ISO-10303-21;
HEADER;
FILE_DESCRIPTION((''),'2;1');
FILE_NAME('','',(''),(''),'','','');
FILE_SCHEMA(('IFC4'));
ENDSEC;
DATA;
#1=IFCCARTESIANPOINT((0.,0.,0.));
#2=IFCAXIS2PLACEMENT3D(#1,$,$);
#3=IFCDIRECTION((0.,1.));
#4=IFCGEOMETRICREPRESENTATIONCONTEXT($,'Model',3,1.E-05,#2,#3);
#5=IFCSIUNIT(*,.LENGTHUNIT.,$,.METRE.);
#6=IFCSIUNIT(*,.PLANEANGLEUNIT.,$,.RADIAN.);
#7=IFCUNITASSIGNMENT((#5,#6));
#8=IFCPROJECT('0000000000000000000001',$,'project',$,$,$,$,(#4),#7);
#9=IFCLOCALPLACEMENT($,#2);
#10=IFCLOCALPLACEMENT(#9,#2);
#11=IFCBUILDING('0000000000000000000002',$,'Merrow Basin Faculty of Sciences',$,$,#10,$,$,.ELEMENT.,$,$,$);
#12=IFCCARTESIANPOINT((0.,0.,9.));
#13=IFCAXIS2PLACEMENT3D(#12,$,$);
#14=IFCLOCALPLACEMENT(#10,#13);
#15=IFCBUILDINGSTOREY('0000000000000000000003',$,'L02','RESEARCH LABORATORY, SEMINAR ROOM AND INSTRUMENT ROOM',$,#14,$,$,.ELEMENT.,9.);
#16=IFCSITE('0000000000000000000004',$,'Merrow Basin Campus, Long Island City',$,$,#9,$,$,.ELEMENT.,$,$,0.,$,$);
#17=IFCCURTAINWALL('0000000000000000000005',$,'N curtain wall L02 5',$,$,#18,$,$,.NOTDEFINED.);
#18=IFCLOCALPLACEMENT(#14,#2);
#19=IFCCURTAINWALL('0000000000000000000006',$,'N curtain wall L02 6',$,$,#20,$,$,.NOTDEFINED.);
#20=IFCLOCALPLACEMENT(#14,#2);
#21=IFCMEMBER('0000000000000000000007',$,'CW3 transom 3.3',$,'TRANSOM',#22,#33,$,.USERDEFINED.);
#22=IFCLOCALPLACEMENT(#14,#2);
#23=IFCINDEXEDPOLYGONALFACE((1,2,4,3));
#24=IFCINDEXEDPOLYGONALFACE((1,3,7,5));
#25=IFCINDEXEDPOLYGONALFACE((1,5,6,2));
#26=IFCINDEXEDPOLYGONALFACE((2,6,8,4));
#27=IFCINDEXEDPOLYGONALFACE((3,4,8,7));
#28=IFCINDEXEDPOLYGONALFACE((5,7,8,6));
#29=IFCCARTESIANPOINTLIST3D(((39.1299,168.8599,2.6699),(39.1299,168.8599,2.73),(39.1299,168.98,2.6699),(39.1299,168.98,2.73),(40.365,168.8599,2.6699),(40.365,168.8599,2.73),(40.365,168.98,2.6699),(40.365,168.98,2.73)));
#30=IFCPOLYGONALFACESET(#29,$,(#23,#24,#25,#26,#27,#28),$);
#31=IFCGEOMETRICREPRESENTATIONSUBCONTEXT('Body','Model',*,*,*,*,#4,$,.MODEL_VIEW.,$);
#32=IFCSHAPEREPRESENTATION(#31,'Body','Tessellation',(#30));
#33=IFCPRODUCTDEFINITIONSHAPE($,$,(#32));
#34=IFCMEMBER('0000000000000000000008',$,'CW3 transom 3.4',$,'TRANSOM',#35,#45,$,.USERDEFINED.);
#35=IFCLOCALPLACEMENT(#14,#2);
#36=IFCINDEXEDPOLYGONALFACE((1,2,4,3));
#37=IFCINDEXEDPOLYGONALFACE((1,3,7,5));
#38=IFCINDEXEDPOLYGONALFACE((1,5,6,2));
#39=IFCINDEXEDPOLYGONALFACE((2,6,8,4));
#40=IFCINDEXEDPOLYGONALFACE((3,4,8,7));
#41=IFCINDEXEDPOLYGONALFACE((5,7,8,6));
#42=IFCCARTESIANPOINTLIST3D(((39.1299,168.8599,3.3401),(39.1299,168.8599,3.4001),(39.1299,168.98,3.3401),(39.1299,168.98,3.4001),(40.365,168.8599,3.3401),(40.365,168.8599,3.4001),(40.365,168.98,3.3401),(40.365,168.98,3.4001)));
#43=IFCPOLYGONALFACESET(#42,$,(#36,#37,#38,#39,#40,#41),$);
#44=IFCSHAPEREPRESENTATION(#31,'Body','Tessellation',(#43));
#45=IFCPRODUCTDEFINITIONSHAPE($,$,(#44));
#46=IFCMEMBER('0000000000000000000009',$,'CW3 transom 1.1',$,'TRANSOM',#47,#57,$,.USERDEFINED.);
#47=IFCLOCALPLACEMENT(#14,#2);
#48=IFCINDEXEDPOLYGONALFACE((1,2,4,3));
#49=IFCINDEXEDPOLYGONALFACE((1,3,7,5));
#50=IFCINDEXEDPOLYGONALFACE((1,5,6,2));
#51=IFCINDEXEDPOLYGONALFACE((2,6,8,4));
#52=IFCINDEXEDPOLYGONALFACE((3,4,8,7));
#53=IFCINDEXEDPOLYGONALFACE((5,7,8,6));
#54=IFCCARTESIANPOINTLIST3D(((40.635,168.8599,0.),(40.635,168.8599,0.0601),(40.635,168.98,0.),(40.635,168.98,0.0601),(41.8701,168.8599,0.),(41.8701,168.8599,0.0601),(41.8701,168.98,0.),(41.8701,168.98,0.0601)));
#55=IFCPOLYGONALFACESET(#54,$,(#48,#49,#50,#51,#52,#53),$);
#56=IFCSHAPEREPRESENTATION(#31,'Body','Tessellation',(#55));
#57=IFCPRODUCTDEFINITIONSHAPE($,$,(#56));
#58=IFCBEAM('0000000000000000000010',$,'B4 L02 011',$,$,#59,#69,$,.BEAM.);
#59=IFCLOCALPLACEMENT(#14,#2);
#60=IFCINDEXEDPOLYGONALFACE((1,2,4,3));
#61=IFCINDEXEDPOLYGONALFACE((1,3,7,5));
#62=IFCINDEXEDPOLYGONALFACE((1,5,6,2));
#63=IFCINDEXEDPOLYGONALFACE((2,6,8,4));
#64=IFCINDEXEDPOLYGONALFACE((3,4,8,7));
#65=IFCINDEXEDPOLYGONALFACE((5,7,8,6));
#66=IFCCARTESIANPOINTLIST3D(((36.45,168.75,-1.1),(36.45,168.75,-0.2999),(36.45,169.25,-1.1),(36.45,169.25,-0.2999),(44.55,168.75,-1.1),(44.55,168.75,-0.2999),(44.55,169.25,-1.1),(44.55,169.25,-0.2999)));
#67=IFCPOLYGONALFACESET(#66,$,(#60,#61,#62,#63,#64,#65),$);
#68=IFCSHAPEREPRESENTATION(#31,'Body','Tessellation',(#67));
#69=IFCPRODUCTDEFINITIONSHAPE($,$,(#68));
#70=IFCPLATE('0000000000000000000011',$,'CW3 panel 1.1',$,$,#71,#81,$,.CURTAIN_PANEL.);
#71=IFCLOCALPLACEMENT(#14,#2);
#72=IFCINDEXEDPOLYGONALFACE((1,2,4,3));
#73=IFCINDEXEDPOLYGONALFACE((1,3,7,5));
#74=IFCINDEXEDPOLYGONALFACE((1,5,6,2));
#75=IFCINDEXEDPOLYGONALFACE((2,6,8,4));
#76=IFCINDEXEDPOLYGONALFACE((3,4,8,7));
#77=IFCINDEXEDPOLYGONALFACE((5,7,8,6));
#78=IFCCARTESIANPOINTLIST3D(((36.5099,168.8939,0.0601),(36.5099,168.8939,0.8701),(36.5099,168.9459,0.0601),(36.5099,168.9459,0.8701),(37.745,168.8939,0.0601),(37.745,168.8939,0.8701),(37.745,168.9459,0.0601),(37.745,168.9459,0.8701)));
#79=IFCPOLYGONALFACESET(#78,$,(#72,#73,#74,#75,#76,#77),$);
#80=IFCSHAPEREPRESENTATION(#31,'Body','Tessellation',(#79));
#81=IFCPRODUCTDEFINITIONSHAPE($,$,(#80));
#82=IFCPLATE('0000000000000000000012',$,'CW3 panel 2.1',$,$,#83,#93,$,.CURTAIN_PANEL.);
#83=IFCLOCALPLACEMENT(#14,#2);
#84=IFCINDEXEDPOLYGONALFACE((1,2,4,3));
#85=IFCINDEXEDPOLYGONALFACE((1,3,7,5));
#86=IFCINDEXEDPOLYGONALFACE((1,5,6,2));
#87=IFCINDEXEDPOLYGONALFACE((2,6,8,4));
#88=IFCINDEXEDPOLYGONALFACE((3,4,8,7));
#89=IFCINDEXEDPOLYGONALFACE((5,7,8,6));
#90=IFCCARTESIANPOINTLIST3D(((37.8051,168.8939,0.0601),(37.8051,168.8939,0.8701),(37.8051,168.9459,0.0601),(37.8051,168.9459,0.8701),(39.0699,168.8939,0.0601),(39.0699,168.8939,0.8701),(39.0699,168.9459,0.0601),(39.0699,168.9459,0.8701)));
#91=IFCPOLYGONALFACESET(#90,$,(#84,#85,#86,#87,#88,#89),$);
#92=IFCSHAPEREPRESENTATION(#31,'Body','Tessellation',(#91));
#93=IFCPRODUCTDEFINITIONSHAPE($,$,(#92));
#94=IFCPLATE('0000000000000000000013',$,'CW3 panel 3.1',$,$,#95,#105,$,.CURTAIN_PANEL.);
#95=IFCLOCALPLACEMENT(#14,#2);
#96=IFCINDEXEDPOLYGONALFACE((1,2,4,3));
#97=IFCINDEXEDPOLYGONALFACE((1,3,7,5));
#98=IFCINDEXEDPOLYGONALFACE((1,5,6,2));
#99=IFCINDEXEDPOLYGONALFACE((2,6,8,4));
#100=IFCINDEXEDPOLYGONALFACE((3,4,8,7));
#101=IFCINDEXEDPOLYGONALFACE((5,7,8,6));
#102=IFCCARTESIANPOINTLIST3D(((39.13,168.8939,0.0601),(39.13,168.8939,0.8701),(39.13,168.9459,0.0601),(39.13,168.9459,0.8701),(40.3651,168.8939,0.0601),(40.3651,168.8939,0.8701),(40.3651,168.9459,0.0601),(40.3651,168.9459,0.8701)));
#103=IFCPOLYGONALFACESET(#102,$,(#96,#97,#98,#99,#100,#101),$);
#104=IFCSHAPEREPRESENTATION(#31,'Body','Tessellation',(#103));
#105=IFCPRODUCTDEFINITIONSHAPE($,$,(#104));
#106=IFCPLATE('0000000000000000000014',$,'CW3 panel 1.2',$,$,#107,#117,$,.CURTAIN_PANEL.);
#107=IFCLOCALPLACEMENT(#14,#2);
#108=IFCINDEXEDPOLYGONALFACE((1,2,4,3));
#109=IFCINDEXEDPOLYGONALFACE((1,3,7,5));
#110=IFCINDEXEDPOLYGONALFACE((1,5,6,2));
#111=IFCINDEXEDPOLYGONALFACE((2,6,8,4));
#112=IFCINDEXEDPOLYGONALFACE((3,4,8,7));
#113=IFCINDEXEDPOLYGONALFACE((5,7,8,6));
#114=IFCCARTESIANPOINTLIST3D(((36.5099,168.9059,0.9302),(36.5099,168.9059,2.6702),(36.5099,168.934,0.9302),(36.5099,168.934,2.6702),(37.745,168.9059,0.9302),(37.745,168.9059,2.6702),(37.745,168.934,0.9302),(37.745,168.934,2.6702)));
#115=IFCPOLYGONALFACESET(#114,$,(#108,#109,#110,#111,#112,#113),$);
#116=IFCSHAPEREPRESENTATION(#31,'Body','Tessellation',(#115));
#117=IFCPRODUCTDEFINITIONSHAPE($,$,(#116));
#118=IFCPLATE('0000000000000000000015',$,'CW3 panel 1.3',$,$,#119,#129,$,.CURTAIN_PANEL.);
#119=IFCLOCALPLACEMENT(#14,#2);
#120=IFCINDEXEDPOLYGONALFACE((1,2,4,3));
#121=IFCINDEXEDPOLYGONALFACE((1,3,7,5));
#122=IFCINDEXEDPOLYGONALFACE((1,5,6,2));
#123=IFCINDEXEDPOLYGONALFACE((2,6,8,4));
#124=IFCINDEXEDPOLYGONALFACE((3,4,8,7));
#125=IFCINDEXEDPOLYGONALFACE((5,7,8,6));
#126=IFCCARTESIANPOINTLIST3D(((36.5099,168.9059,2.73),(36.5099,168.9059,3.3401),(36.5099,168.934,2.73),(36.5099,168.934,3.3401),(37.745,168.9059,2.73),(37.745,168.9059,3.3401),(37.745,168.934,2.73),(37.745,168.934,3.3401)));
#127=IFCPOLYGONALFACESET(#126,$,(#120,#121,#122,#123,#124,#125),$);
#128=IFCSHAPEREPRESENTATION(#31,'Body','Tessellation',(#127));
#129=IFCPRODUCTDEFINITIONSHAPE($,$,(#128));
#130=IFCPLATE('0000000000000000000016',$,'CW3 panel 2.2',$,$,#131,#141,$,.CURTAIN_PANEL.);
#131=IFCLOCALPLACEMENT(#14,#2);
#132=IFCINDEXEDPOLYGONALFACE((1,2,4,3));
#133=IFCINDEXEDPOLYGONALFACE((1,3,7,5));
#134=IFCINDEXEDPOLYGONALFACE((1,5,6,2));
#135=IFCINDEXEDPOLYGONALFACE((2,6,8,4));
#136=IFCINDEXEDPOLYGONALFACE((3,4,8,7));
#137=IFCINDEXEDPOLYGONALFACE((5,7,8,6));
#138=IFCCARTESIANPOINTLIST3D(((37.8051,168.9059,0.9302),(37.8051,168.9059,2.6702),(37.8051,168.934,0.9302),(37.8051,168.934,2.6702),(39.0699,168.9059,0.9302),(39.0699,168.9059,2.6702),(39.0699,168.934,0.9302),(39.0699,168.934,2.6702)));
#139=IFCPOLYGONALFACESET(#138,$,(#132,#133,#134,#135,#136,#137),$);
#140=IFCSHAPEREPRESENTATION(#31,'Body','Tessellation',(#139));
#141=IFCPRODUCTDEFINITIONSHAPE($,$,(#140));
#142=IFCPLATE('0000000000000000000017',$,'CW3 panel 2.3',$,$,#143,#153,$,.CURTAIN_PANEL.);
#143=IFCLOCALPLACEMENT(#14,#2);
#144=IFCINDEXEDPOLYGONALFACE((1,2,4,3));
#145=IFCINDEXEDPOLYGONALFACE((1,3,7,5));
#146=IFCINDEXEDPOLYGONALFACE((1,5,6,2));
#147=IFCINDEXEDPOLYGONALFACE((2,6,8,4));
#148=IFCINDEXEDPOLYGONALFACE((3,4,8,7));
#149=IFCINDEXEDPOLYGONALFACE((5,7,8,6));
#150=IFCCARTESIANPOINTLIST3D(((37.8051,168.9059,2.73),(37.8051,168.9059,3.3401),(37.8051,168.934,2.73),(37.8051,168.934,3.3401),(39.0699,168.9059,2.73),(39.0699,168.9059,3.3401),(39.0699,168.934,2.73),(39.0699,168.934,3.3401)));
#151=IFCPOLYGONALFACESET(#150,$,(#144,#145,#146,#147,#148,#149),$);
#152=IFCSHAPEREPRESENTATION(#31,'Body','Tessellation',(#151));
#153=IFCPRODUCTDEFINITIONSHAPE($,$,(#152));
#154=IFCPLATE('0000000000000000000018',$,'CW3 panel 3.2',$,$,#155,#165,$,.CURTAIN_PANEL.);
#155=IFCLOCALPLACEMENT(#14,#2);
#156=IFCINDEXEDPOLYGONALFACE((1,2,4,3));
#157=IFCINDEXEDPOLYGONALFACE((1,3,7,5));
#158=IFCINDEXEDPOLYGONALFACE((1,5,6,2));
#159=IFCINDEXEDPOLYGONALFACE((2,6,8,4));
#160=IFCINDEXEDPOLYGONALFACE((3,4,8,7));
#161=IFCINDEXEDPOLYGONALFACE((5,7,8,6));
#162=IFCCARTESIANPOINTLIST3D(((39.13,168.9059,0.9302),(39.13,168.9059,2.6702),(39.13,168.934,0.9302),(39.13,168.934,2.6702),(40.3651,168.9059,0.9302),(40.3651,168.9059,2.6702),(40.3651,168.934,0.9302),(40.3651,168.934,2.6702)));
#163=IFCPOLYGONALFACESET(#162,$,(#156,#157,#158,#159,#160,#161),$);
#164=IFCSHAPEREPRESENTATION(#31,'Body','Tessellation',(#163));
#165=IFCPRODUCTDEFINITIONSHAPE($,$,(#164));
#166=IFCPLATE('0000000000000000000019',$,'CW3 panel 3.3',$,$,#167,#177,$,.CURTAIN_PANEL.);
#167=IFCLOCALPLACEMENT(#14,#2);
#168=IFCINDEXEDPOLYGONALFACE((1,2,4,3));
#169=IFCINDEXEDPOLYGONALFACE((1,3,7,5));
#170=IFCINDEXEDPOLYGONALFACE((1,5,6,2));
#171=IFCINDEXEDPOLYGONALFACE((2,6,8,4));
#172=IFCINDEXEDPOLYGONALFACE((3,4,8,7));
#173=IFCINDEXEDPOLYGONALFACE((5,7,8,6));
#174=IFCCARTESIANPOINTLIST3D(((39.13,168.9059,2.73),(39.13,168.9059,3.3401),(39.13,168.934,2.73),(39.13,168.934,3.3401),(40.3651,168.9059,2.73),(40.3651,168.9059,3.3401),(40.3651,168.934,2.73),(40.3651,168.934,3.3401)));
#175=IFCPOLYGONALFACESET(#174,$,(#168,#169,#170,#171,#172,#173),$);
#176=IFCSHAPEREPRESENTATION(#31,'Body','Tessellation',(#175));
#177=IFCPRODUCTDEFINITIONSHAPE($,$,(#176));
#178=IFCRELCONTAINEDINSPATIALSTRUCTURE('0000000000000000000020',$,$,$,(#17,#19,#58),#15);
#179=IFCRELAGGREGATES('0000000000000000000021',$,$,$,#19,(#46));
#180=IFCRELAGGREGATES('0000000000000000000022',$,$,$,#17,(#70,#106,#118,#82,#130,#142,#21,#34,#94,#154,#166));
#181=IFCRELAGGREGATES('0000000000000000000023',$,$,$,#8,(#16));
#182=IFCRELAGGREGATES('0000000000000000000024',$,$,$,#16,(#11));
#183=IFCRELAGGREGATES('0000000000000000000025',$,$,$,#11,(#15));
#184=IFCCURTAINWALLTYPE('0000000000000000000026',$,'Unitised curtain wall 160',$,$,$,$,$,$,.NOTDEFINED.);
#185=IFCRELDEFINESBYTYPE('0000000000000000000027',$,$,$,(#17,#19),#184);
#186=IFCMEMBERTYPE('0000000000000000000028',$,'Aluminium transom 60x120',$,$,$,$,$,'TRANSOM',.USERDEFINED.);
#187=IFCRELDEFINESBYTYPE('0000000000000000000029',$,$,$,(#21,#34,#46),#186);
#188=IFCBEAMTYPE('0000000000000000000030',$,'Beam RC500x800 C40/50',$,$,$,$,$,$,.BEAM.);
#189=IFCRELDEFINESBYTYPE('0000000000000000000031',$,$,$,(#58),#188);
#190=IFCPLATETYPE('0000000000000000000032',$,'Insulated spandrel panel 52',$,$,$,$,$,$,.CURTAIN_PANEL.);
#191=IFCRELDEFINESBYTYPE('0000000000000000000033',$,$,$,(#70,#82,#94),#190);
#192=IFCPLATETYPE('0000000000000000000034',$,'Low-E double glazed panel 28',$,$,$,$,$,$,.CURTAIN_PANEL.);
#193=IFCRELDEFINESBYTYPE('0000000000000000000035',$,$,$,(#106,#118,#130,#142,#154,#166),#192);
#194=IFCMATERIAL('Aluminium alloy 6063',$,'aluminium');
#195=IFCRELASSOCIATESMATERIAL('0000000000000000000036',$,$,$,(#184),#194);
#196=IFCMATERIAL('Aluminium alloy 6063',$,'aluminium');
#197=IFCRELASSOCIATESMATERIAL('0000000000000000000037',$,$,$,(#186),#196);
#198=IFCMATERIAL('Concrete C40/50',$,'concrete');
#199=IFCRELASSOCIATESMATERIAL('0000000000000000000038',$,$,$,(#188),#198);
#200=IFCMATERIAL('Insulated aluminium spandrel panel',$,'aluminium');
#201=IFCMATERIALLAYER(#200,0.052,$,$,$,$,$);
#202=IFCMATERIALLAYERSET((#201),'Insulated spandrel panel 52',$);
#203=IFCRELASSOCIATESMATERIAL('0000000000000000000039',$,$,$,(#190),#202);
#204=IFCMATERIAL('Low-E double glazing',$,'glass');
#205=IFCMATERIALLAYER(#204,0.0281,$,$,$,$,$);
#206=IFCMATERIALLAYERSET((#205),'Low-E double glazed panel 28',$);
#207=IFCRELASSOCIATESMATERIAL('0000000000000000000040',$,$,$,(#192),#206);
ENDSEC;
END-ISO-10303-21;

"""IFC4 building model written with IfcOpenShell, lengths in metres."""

from ifc_helpers import new_model, si_unit, direction, frame, origin, origin_2d, place, context, subcontext, project, spatial, rectangle, extrude, material, layer, layer_set, material_profile, profile_set, type_object, element, aggregate, save


model = new_model("IFC4")

# Units and contexts
model_context = context("Model", 3, precision=1e-05, world=origin(), true_north=direction((0.0, 1.0)))
body_context = subcontext(model_context, "Body", "Model", "MODEL_VIEW")
ifc_project = project(units=[si_unit("LENGTHUNIT", "METRE"), si_unit("PLANEANGLEUNIT", "RADIAN")], contexts=[model_context])

# Site, building, storey
site_placement = place(None, origin())
site = spatial("IfcSite", under=ifc_project, at=site_placement, Name="Merrow Basin Campus, Long Island City", CompositionType="ELEMENT", RefElevation=0.0)
building_placement = place(site_placement, origin())
building = spatial("IfcBuilding", under=site, at=building_placement, Name="Merrow Basin Faculty of Sciences", CompositionType="ELEMENT")
storey_placement = place(building_placement, frame((0.0, 0.0, 9.0)))
storey = spatial("IfcBuildingStorey", under=building, at=storey_placement, Name="L02", Description="RESEARCH LABORATORY, SEMINAR ROOM AND INSTRUMENT ROOM", CompositionType="ELEMENT", Elevation=9.0)

# Curtain wall
ifc_material_1 = material(Name="Aluminium alloy 6063", Category="aluminium")
curtain_wall_type = type_object("IfcCurtainWallType", Name="Unitised curtain wall 160", PredefinedType="NOTDEFINED", material=ifc_material_1)
curtain_wall_1_placement = place(storey_placement, origin())
curtain_wall_1 = element("IfcCurtainWall", 1, at=curtain_wall_1_placement, inside=storey, type_object=curtain_wall_type, Name="N curtain wall L02 5", PredefinedType="NOTDEFINED")

# Curtain wall
curtain_wall_2_placement = place(storey_placement, origin())
curtain_wall_2 = element("IfcCurtainWall", 2, at=curtain_wall_2_placement, inside=storey, type_object=curtain_wall_type, Name="N curtain wall L02 6", PredefinedType="NOTDEFINED")

# Members
ifc_material_2 = material(Name="Aluminium alloy 6063", Category="aluminium")
ifc_material_profile_1 = material_profile(ifc_material_2, rectangle(XDim=0.1201, YDim=0.0601, at=origin_2d()))
ifc_profile_set_1 = profile_set([ifc_material_profile_1], Name="Aluminium alloy 6063")
member_type_1 = type_object("IfcMemberType", Name="Aluminium transom 60x120", ElementType="TRANSOM", PredefinedType="USERDEFINED", material=ifc_profile_set_1)
member_1_placement = place(storey_placement, frame((39.1299, 168.9199, 2.7), z_axis=(1.0, 0.0, 0.0), x_axis=(0.0, 1.0, 0.0)))
member_1 = element("IfcMember", 3, at=member_1_placement, type_object=member_type_1, Name="CW3 transom 3.3", ObjectType="TRANSOM", PredefinedType="USERDEFINED", context=body_context, shape_type="SweptSolid", body=[
    extrude(rectangle(XDim=0.1201, YDim=0.0601, at=origin_2d()), origin(), (0.0, 0.0, 1.0), 1.2351),
])
member_2_placement = place(storey_placement, frame((39.1299, 168.9199, 3.3701), z_axis=(1.0, 0.0, 0.0), x_axis=(0.0, 1.0, 0.0)))
member_2 = element("IfcMember", 4, at=member_2_placement, type_object=member_type_1, Name="CW3 transom 3.4", ObjectType="TRANSOM", PredefinedType="USERDEFINED", context=body_context, shape_type="SweptSolid", body=[
    extrude(rectangle(XDim=0.1201, YDim=0.0601, at=origin_2d()), origin(), (0.0, 0.0, 1.0), 1.2351),
])
member_3_placement = place(storey_placement, frame((40.635, 168.9199, 0.03), z_axis=(1.0, 0.0, 0.0), x_axis=(0.0, 1.0, 0.0)))
member_3 = element("IfcMember", 5, at=member_3_placement, type_object=member_type_1, Name="CW3 transom 1.1", ObjectType="TRANSOM", PredefinedType="USERDEFINED", context=body_context, shape_type="SweptSolid", body=[
    extrude(rectangle(XDim=0.1201, YDim=0.0601, at=origin_2d()), origin(), (0.0, 0.0, 1.0), 1.2351),
])
aggregate(curtain_wall_2, [member_3])

# Beam
ifc_material_3 = material(Name="Concrete C40/50", Category="concrete")
ifc_material_profile_2 = material_profile(ifc_material_3, rectangle(XDim=0.5, YDim=0.8, at=origin_2d()))
ifc_profile_set_2 = profile_set([ifc_material_profile_2], Name="Concrete C40/50")
beam_type = type_object("IfcBeamType", Name="Beam RC500x800 C40/50", PredefinedType="BEAM", material=ifc_profile_set_2)
beam_placement = place(storey_placement, frame((36.45, 169.0, -0.7), z_axis=(1.0, 0.0, 0.0), x_axis=(0.0, 1.0, 0.0)))
element("IfcBeam", 6, at=beam_placement, inside=storey, type_object=beam_type, Name="B4 L02 011", PredefinedType="BEAM", context=body_context, shape_type="SweptSolid", body=[
    extrude(rectangle(XDim=0.5, YDim=0.8, at=origin_2d()), origin(), (0.0, 0.0, 1.0), 8.1001),
])

# Plates
ifc_material_4 = material(Name="Insulated aluminium spandrel panel", Category="aluminium")
ifc_layer_1 = layer(ifc_material_4, 0.052)
ifc_layer_set_1 = layer_set([ifc_layer_1], Name="Insulated spandrel panel 52")
plate_type_1 = type_object("IfcPlateType", Name="Insulated spandrel panel 52", PredefinedType="CURTAIN_PANEL", material=ifc_layer_set_1)
plate_1_placement = place(storey_placement, frame((37.1274, 168.9199, 0.0601), z_axis=(0.0, 0.0, 1.0), x_axis=(1.0, 0.0, 0.0)))
plate_1 = element("IfcPlate", 7, at=plate_1_placement, type_object=plate_type_1, Name="CW3 panel 1.1", PredefinedType="CURTAIN_PANEL", context=body_context, shape_type="SweptSolid", body=[
    extrude(rectangle(XDim=1.2351, YDim=0.052, at=origin_2d()), origin(), (0.0, 0.0, 1.0), 0.8101),
])
plate_2_placement = place(storey_placement, frame((38.4375, 168.9199, 0.0601), z_axis=(0.0, 0.0, 1.0), x_axis=(1.0, 0.0, 0.0)))
plate_2 = element("IfcPlate", 8, at=plate_2_placement, type_object=plate_type_1, Name="CW3 panel 2.1", PredefinedType="CURTAIN_PANEL", context=body_context, shape_type="SweptSolid", body=[
    extrude(rectangle(XDim=1.2649, YDim=0.052, at=origin_2d()), origin(), (0.0, 0.0, 1.0), 0.8101),
])
plate_3_placement = place(storey_placement, frame((39.7476, 168.9199, 0.0601), z_axis=(0.0, 0.0, 1.0), x_axis=(1.0, 0.0, 0.0)))
plate_3 = element("IfcPlate", 9, at=plate_3_placement, type_object=plate_type_1, Name="CW3 panel 3.1", PredefinedType="CURTAIN_PANEL", context=body_context, shape_type="SweptSolid", body=[
    extrude(rectangle(XDim=1.2351, YDim=0.052, at=origin_2d()), origin(), (0.0, 0.0, 1.0), 0.8101),
])
ifc_material_5 = material(Name="Low-E double glazing", Category="glass")
ifc_layer_2 = layer(ifc_material_5, 0.0281)
ifc_layer_set_2 = layer_set([ifc_layer_2], Name="Low-E double glazed panel 28")
plate_type_2 = type_object("IfcPlateType", Name="Low-E double glazed panel 28", PredefinedType="CURTAIN_PANEL", material=ifc_layer_set_2)
plate_4_placement = place(storey_placement, frame((37.1274, 168.9199, 0.9302), z_axis=(0.0, 0.0, 1.0), x_axis=(1.0, 0.0, 0.0)))
plate_4 = element("IfcPlate", 10, at=plate_4_placement, type_object=plate_type_2, Name="CW3 panel 1.2", PredefinedType="CURTAIN_PANEL", context=body_context, shape_type="SweptSolid", body=[
    extrude(rectangle(XDim=1.2351, YDim=0.0281, at=origin_2d()), origin(), (0.0, 0.0, 1.0), 1.74),
])
plate_5_placement = place(storey_placement, frame((37.1274, 168.9199, 2.73), z_axis=(0.0, 0.0, 1.0), x_axis=(1.0, 0.0, 0.0)))
plate_5 = element("IfcPlate", 11, at=plate_5_placement, type_object=plate_type_2, Name="CW3 panel 1.3", PredefinedType="CURTAIN_PANEL", context=body_context, shape_type="SweptSolid", body=[
    extrude(rectangle(XDim=1.2351, YDim=0.0281, at=origin_2d()), origin(), (0.0, 0.0, 1.0), 0.6101),
])
plate_6_placement = place(storey_placement, frame((38.4375, 168.9199, 0.9302), z_axis=(0.0, 0.0, 1.0), x_axis=(1.0, 0.0, 0.0)))
plate_6 = element("IfcPlate", 12, at=plate_6_placement, type_object=plate_type_2, Name="CW3 panel 2.2", PredefinedType="CURTAIN_PANEL", context=body_context, shape_type="SweptSolid", body=[
    extrude(rectangle(XDim=1.2649, YDim=0.0281, at=origin_2d()), origin(), (0.0, 0.0, 1.0), 1.74),
])
plate_7_placement = place(storey_placement, frame((38.4375, 168.9199, 2.73), z_axis=(0.0, 0.0, 1.0), x_axis=(1.0, 0.0, 0.0)))
plate_7 = element("IfcPlate", 13, at=plate_7_placement, type_object=plate_type_2, Name="CW3 panel 2.3", PredefinedType="CURTAIN_PANEL", context=body_context, shape_type="SweptSolid", body=[
    extrude(rectangle(XDim=1.2649, YDim=0.0281, at=origin_2d()), origin(), (0.0, 0.0, 1.0), 0.6101),
])
plate_8_placement = place(storey_placement, frame((39.7476, 168.9199, 0.9302), z_axis=(0.0, 0.0, 1.0), x_axis=(1.0, 0.0, 0.0)))
plate_8 = element("IfcPlate", 14, at=plate_8_placement, type_object=plate_type_2, Name="CW3 panel 3.2", PredefinedType="CURTAIN_PANEL", context=body_context, shape_type="SweptSolid", body=[
    extrude(rectangle(XDim=1.2351, YDim=0.0281, at=origin_2d()), origin(), (0.0, 0.0, 1.0), 1.74),
])
plate_9_placement = place(storey_placement, frame((39.7476, 168.9199, 2.73), z_axis=(0.0, 0.0, 1.0), x_axis=(1.0, 0.0, 0.0)))
plate_9 = element("IfcPlate", 15, at=plate_9_placement, type_object=plate_type_2, Name="CW3 panel 3.3", PredefinedType="CURTAIN_PANEL", context=body_context, shape_type="SweptSolid", body=[
    extrude(rectangle(XDim=1.2351, YDim=0.0281, at=origin_2d()), origin(), (0.0, 0.0, 1.0), 0.6101),
])
aggregate(curtain_wall_1, [plate_1, plate_4, plate_5, plate_2, plate_6, plate_7, member_1, member_2, plate_3, plate_8, plate_9])

save(model, "model.ifc")
